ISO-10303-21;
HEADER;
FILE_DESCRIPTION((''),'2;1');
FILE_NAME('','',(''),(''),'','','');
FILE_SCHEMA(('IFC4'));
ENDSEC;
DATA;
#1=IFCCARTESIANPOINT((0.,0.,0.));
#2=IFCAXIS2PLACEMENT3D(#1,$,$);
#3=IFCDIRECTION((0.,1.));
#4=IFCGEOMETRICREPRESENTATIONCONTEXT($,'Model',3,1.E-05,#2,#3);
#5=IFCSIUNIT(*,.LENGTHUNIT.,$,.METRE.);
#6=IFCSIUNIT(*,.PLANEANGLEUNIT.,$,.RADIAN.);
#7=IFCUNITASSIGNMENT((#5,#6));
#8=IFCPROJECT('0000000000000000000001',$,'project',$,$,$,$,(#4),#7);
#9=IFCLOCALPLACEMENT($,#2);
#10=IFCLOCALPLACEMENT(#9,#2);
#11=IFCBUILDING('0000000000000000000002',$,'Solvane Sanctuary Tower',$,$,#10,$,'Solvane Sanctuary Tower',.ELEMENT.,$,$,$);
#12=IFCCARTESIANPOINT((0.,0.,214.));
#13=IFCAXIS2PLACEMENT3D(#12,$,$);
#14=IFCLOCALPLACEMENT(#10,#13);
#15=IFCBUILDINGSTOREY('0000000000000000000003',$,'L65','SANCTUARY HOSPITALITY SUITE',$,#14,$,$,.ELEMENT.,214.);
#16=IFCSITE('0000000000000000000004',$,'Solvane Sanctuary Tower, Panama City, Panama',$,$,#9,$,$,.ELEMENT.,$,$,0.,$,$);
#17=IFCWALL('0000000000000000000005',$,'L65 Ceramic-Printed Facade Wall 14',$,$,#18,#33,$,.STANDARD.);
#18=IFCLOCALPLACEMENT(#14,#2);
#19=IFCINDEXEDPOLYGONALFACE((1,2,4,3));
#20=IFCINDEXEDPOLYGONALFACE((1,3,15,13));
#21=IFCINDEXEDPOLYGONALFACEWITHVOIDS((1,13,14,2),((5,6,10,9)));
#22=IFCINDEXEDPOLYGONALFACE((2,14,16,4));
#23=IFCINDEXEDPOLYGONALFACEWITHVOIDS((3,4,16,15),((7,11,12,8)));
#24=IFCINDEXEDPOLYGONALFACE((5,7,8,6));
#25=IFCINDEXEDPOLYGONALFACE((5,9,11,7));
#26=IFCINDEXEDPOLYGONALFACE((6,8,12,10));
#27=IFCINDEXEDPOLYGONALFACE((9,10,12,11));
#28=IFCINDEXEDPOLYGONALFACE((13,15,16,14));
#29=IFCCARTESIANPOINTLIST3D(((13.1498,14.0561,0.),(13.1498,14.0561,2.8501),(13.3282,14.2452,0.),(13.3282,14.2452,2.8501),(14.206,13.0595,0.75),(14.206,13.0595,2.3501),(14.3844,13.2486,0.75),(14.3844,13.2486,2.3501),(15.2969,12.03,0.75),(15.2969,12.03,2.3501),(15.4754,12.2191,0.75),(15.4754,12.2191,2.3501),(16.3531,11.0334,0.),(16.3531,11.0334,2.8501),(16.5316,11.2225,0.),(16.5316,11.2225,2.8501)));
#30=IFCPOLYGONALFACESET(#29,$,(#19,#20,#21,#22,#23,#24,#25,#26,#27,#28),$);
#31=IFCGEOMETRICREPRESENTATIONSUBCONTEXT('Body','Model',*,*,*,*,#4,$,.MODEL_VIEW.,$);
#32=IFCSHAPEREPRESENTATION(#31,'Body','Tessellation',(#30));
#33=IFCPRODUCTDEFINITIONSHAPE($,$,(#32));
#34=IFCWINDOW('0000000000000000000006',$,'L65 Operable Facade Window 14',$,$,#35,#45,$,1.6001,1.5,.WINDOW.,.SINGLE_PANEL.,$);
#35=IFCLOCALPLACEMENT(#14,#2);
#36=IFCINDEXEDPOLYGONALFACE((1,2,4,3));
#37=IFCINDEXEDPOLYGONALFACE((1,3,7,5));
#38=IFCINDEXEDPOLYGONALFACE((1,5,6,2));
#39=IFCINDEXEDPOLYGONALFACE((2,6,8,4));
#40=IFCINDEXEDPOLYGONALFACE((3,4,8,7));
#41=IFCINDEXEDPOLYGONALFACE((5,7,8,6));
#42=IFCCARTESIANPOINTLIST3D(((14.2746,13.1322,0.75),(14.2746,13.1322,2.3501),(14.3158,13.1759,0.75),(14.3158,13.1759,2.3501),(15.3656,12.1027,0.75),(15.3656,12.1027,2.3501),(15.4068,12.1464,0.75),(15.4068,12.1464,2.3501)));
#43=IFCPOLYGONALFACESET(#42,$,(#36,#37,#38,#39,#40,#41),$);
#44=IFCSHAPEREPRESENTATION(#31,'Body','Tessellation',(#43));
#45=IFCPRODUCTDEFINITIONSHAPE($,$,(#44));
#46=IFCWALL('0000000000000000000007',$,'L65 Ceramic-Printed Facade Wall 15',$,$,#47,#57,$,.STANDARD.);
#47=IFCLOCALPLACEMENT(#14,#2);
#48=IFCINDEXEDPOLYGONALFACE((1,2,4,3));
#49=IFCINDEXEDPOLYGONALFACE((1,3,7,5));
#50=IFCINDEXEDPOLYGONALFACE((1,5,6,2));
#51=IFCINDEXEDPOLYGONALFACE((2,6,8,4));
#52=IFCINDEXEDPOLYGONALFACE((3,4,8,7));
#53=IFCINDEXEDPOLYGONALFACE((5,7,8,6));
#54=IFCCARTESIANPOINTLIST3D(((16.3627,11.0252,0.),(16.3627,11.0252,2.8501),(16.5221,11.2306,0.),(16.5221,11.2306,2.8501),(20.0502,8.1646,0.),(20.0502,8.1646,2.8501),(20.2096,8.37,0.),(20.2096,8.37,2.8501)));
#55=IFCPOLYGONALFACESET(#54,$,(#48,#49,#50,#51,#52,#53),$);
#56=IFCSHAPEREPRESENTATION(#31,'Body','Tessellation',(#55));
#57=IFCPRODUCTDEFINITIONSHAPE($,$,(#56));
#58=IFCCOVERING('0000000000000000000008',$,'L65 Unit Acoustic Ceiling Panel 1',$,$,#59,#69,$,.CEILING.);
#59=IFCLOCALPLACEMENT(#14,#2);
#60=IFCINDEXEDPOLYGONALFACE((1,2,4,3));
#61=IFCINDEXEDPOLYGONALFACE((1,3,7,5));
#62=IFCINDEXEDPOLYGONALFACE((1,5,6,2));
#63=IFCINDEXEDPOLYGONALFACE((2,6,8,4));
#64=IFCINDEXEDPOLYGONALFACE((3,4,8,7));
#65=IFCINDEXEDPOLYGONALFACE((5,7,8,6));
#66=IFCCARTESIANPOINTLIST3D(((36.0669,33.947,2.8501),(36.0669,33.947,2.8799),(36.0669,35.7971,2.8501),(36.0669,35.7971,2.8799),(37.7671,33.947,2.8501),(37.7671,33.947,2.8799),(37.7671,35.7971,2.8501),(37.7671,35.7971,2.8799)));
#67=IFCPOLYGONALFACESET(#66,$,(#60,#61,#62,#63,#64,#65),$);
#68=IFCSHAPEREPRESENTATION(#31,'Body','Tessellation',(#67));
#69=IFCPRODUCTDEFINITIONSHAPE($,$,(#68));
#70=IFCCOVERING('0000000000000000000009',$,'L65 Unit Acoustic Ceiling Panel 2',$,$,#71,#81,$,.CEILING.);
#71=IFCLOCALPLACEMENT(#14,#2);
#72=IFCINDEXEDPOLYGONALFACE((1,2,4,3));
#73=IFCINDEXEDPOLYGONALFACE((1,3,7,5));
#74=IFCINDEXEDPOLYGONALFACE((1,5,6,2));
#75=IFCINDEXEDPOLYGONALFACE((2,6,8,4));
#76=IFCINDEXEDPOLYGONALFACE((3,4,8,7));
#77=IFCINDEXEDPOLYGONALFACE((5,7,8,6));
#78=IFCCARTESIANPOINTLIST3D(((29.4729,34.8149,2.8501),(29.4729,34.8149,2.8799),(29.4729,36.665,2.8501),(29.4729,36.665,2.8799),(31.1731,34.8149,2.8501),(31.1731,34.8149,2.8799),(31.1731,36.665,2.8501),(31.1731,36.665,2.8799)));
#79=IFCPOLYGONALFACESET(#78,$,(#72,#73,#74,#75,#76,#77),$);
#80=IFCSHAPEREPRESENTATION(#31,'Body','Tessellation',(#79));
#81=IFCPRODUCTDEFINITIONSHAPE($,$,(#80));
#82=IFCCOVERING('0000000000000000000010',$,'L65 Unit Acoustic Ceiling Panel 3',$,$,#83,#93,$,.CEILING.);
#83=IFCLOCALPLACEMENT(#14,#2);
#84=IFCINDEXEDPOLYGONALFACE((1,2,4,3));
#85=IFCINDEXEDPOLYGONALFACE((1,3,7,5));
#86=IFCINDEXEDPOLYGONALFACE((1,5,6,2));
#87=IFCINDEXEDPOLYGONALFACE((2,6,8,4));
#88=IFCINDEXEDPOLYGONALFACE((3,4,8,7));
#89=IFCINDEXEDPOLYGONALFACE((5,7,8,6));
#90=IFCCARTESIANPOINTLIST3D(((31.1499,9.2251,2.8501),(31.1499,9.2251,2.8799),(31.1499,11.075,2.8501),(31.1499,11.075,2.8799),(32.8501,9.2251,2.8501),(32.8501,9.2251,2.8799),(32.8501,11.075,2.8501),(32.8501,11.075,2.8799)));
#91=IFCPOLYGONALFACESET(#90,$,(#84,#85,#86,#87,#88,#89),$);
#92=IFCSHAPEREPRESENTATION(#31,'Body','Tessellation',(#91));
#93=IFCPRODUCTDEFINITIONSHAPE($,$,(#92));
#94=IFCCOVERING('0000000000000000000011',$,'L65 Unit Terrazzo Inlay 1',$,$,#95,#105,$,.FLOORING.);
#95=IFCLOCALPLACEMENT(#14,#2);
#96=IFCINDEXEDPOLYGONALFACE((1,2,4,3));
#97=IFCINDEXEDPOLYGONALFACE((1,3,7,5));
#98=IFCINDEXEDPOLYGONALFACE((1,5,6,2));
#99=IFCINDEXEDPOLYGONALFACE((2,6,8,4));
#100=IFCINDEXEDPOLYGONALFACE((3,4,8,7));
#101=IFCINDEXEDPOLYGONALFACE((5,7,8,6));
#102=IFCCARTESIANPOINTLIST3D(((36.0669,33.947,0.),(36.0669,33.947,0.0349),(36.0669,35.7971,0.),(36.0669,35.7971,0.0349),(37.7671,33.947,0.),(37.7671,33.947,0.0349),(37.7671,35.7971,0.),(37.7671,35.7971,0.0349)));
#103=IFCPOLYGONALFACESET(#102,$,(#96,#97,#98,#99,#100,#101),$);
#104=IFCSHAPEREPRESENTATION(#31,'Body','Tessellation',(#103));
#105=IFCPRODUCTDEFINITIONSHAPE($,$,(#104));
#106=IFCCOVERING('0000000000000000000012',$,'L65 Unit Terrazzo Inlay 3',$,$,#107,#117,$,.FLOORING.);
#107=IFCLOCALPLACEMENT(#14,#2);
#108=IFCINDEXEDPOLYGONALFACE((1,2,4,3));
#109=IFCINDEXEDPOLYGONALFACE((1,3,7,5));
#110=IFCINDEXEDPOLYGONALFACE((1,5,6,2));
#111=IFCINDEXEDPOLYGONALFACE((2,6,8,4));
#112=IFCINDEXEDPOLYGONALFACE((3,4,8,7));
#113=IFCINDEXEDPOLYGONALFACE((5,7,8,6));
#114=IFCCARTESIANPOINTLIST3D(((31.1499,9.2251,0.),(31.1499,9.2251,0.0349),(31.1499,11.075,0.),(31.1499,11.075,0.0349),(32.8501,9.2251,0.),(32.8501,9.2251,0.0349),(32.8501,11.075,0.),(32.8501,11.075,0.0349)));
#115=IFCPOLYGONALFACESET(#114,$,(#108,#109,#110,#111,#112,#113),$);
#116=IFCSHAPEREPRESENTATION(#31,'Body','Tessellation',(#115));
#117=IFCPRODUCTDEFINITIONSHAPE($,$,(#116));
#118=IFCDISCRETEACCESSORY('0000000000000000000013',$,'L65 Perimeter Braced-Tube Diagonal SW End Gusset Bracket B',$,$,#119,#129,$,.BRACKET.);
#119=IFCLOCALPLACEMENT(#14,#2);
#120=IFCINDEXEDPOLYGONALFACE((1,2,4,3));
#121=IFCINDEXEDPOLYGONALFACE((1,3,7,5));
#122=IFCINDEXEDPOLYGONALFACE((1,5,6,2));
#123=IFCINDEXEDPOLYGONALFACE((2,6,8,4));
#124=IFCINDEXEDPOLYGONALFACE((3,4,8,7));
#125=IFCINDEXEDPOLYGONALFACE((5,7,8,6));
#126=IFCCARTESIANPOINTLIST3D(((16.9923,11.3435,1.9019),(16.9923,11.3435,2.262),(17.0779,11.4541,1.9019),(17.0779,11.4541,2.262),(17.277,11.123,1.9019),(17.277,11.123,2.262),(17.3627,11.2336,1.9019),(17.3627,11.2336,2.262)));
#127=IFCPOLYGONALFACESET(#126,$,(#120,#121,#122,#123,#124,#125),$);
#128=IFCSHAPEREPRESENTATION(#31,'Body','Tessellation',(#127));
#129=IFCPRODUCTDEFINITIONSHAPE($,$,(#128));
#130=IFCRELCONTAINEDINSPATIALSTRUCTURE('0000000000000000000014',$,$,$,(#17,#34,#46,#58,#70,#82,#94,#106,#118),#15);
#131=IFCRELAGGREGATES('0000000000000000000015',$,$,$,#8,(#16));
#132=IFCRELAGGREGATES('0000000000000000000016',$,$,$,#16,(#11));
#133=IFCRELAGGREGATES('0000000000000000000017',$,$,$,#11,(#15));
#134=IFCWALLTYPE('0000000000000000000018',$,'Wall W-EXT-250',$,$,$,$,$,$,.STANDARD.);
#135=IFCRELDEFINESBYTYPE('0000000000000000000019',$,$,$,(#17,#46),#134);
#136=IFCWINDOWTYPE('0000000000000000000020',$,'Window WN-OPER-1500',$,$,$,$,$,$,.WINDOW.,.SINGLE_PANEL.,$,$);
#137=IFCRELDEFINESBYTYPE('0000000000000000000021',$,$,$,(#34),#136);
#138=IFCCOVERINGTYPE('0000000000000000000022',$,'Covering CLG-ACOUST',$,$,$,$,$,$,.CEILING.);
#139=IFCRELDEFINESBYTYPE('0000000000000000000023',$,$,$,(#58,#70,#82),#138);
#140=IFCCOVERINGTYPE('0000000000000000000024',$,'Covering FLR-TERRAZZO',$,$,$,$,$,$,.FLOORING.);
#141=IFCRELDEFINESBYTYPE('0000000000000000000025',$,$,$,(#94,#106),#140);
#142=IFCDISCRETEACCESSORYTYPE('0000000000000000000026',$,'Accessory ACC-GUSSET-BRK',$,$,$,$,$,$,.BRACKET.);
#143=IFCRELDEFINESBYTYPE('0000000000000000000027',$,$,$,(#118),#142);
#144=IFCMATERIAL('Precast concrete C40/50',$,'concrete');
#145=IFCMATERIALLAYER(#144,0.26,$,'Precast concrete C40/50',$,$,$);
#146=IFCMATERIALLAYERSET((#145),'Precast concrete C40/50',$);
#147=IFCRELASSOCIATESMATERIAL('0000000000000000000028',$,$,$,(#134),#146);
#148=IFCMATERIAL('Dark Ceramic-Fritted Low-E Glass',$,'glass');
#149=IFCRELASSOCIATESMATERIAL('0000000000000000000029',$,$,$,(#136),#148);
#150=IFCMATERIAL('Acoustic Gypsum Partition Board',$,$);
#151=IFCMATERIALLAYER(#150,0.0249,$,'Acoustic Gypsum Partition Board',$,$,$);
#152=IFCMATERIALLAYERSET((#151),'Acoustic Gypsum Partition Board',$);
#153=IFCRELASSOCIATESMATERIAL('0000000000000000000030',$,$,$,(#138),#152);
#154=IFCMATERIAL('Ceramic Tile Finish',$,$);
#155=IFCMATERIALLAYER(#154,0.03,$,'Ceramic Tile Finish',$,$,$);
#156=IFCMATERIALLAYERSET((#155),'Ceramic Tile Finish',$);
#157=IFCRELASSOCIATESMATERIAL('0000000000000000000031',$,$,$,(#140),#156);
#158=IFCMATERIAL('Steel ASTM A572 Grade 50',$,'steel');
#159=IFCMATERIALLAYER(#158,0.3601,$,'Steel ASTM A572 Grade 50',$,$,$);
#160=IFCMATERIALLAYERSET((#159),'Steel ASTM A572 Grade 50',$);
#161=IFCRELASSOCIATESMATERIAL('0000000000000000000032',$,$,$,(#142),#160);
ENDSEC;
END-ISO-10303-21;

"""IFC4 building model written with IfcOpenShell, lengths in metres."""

from ifc_helpers import new_model, si_unit, direction, frame, frame_2d, origin, origin_2d, place, context, subcontext, project, spatial, polyline, rectangle, outline, extrude, material, layer, layer_set, type_object, element, fill, save


model = new_model("IFC4")

# Units and contexts
model_context = context("Model", 3, precision=1e-05, world=origin(), true_north=direction((0.0, 1.0)))
body_context = subcontext(model_context, "Body", "Model", "MODEL_VIEW")
ifc_project = project(units=[si_unit("LENGTHUNIT", "METRE"), si_unit("PLANEANGLEUNIT", "RADIAN")], contexts=[model_context])

# Site, building, storey
site_placement = place(None, origin())
site = spatial("IfcSite", under=ifc_project, at=site_placement, Name="Solvane Sanctuary Tower, Panama City, Panama", CompositionType="ELEMENT", RefElevation=0.0)
building_placement = place(site_placement, origin())
building = spatial("IfcBuilding", under=site, at=building_placement, Name="Solvane Sanctuary Tower", LongName="Solvane Sanctuary Tower", CompositionType="ELEMENT")
storey_placement = place(building_placement, frame((0.0, 0.0, 214.0)))
storey = spatial("IfcBuildingStorey", under=building, at=storey_placement, Name="L65", Description="SANCTUARY HOSPITALITY SUITE", CompositionType="ELEMENT", Elevation=214.0)

# Shared definitions
ifc_material_1 = material(Name="Precast concrete C40/50", Category="concrete")

# Shared definitions
ifc_material_2 = material(Name="Acoustic Gypsum Partition Board")

# Wall, opening, window
ifc_layer_1 = layer(ifc_material_1, 0.26, Name="Precast concrete C40/50")
ifc_layer_set_1 = layer_set([ifc_layer_1], Name="Precast concrete C40/50")
wall_type_1 = type_object("IfcWallType", Name="Wall W-EXT-250", PredefinedType="STANDARD", material=ifc_layer_set_1)
wall_1_placement = place(storey_placement, frame((13.239, 14.1506, 0.0), z_axis=(0.0, 0.0, 1.0), x_axis=(0.727319, -0.6863, 0.0)))
wall_1 = element("IfcWall", 1, at=wall_1_placement, inside=storey, type_object=wall_type_1, Name="L65 Ceramic-Printed Facade Wall 14", PredefinedType="STANDARD", context=body_context, shape_type="SweptSolid", body=[
    extrude(rectangle(XDim=4.4043, YDim=0.26, at=frame_2d((2.2021, 0.0))), origin(), (0.0, 0.0, 1.0), 2.8501),
])
opening_1_placement = place(wall_1_placement, frame((1.4521, 0.0, 0.75)))
opening_1 = element("IfcOpeningElement", 2, at=opening_1_placement, cuts=wall_1, PredefinedType="OPENING", context=body_context, shape_type="SweptSolid", body=[
    extrude(rectangle(XDim=1.5, YDim=1.6001, at=frame_2d((0.75, 0.8))), frame((0.0, 0.1399, 0.0), z_axis=(0.0, -1.0, 0.0), x_axis=(1.0, 0.0, 0.0)), (0.0, 0.0, 1.0), 0.28),
])
ifc_material_3 = material(Name="Dark Ceramic-Fritted Low-E Glass", Category="glass")
window_type = type_object("IfcWindowType", Name="Window WN-OPER-1500", PartitioningType="SINGLE_PANEL", PredefinedType="WINDOW", material=ifc_material_3)
window_placement = place(opening_1_placement, origin())
window = element("IfcWindow", 3, at=window_placement, inside=storey, type_object=window_type, Name="L65 Operable Facade Window 14", OverallHeight=1.6001, OverallWidth=1.5, PartitioningType="SINGLE_PANEL", PredefinedType="WINDOW", context=body_context, shape_type="SweptSolid", body=[
    extrude(rectangle(XDim=1.5, YDim=1.6001, at=frame_2d((0.75, 0.8))), frame((0.0, 0.03, 0.0), z_axis=(0.0, -1.0, 0.0), x_axis=(1.0, 0.0, 0.0)), (0.0, 0.0, 1.0), 0.0601),
])
fill(opening_1, window)

# Wall
wall_2_placement = place(storey_placement, frame((16.4424, 11.1279, 0.0), z_axis=(0.0, 0.0, 1.0), x_axis=(0.790126, -0.612944, 0.0)))
element("IfcWall", 4, at=wall_2_placement, inside=storey, type_object=wall_type_1, Name="L65 Ceramic-Printed Facade Wall 15", PredefinedType="STANDARD", context=body_context, shape_type="SweptSolid", body=[
    extrude(rectangle(XDim=4.667, YDim=0.26, at=frame_2d((2.3335, 0.0))), origin(), (0.0, 0.0, 1.0), 2.8501),
])

# Coverings
ifc_layer_2 = layer(ifc_material_2, 0.0249, Name="Acoustic Gypsum Partition Board")
ifc_layer_set_2 = layer_set([ifc_layer_2], Name="Acoustic Gypsum Partition Board")
covering_type_1 = type_object("IfcCoveringType", Name="Covering CLG-ACOUST", PredefinedType="CEILING", material=ifc_layer_set_2)
covering_1_placement = place(storey_placement, frame((0.0, 0.0, 2.8501)))
element("IfcCovering", 5, at=covering_1_placement, inside=storey, type_object=covering_type_1, Name="L65 Unit Acoustic Ceiling Panel 1", PredefinedType="CEILING", context=body_context, shape_type="SweptSolid", body=[
    extrude(outline(polyline([(36.0669, 33.947), (37.7671, 33.947), (37.7671, 35.7971), (36.0669, 35.7971), (36.0669, 33.947)])), origin(), (0.0, 0.0, 1.0), 0.0298),
])
covering_2_placement = place(storey_placement, frame((0.0, 0.0, 2.8501)))
element("IfcCovering", 6, at=covering_2_placement, inside=storey, type_object=covering_type_1, Name="L65 Unit Acoustic Ceiling Panel 2", PredefinedType="CEILING", context=body_context, shape_type="SweptSolid", body=[
    extrude(outline(polyline([(29.4729, 34.8149), (31.1731, 34.8149), (31.1731, 36.665), (29.4729, 36.665), (29.4729, 34.8149)])), origin(), (0.0, 0.0, 1.0), 0.0298),
])
covering_3_placement = place(storey_placement, frame((0.0, 0.0, 2.8501)))
element("IfcCovering", 7, at=covering_3_placement, inside=storey, type_object=covering_type_1, Name="L65 Unit Acoustic Ceiling Panel 3", PredefinedType="CEILING", context=body_context, shape_type="SweptSolid", body=[
    extrude(outline(polyline([(31.1499, 9.2251), (32.8501, 9.2251), (32.8501, 11.075), (31.1499, 11.075), (31.1499, 9.2251)])), origin(), (0.0, 0.0, 1.0), 0.0298),
])
ifc_material_4 = material(Name="Ceramic Tile Finish")
ifc_layer_3 = layer(ifc_material_4, 0.03, Name="Ceramic Tile Finish")
ifc_layer_set_3 = layer_set([ifc_layer_3], Name="Ceramic Tile Finish")
covering_type_2 = type_object("IfcCoveringType", Name="Covering FLR-TERRAZZO", PredefinedType="FLOORING", material=ifc_layer_set_3)
covering_4_placement = place(storey_placement, origin())
element("IfcCovering", 8, at=covering_4_placement, inside=storey, type_object=covering_type_2, Name="L65 Unit Terrazzo Inlay 1", PredefinedType="FLOORING", context=body_context, shape_type="SweptSolid", body=[
    extrude(outline(polyline([(36.0669, 33.947), (37.7671, 33.947), (37.7671, 35.7971), (36.0669, 35.7971), (36.0669, 33.947)])), origin(), (0.0, 0.0, 1.0), 0.0349),
])
covering_5_placement = place(storey_placement, origin())
element("IfcCovering", 9, at=covering_5_placement, inside=storey, type_object=covering_type_2, Name="L65 Unit Terrazzo Inlay 3", PredefinedType="FLOORING", context=body_context, shape_type="SweptSolid", body=[
    extrude(outline(polyline([(31.1499, 9.2251), (32.8501, 9.2251), (32.8501, 11.075), (31.1499, 11.075), (31.1499, 9.2251)])), origin(), (0.0, 0.0, 1.0), 0.0349),
])

# Discrete accessory
ifc_material_5 = material(Name="Steel ASTM A572 Grade 50", Category="steel")
ifc_layer_4 = layer(ifc_material_5, 0.3601, Name="Steel ASTM A572 Grade 50")
ifc_layer_set_4 = layer_set([ifc_layer_4], Name="Steel ASTM A572 Grade 50")
discrete_accessory_type = type_object("IfcDiscreteAccessoryType", Name="Accessory ACC-GUSSET-BRK", PredefinedType="BRACKET", material=ifc_layer_set_4)
discrete_accessory_placement = place(storey_placement, frame((17.1775, 11.2886, 1.9019), z_axis=(0.0, 0.0, 1.0), x_axis=(-0.79069, 0.612217, 0.0)))
element("IfcDiscreteAccessory", 10, at=discrete_accessory_placement, inside=storey, type_object=discrete_accessory_type, Name="L65 Perimeter Braced-Tube Diagonal SW End Gusset Bracket B", PredefinedType="BRACKET", context=body_context, shape_type="SweptSolid", body=[
    extrude(rectangle(XDim=0.3601, YDim=0.1399, at=origin_2d()), origin(), (0.0, 0.0, 1.0), 0.3601),
])

save(model, "model.ifc")
